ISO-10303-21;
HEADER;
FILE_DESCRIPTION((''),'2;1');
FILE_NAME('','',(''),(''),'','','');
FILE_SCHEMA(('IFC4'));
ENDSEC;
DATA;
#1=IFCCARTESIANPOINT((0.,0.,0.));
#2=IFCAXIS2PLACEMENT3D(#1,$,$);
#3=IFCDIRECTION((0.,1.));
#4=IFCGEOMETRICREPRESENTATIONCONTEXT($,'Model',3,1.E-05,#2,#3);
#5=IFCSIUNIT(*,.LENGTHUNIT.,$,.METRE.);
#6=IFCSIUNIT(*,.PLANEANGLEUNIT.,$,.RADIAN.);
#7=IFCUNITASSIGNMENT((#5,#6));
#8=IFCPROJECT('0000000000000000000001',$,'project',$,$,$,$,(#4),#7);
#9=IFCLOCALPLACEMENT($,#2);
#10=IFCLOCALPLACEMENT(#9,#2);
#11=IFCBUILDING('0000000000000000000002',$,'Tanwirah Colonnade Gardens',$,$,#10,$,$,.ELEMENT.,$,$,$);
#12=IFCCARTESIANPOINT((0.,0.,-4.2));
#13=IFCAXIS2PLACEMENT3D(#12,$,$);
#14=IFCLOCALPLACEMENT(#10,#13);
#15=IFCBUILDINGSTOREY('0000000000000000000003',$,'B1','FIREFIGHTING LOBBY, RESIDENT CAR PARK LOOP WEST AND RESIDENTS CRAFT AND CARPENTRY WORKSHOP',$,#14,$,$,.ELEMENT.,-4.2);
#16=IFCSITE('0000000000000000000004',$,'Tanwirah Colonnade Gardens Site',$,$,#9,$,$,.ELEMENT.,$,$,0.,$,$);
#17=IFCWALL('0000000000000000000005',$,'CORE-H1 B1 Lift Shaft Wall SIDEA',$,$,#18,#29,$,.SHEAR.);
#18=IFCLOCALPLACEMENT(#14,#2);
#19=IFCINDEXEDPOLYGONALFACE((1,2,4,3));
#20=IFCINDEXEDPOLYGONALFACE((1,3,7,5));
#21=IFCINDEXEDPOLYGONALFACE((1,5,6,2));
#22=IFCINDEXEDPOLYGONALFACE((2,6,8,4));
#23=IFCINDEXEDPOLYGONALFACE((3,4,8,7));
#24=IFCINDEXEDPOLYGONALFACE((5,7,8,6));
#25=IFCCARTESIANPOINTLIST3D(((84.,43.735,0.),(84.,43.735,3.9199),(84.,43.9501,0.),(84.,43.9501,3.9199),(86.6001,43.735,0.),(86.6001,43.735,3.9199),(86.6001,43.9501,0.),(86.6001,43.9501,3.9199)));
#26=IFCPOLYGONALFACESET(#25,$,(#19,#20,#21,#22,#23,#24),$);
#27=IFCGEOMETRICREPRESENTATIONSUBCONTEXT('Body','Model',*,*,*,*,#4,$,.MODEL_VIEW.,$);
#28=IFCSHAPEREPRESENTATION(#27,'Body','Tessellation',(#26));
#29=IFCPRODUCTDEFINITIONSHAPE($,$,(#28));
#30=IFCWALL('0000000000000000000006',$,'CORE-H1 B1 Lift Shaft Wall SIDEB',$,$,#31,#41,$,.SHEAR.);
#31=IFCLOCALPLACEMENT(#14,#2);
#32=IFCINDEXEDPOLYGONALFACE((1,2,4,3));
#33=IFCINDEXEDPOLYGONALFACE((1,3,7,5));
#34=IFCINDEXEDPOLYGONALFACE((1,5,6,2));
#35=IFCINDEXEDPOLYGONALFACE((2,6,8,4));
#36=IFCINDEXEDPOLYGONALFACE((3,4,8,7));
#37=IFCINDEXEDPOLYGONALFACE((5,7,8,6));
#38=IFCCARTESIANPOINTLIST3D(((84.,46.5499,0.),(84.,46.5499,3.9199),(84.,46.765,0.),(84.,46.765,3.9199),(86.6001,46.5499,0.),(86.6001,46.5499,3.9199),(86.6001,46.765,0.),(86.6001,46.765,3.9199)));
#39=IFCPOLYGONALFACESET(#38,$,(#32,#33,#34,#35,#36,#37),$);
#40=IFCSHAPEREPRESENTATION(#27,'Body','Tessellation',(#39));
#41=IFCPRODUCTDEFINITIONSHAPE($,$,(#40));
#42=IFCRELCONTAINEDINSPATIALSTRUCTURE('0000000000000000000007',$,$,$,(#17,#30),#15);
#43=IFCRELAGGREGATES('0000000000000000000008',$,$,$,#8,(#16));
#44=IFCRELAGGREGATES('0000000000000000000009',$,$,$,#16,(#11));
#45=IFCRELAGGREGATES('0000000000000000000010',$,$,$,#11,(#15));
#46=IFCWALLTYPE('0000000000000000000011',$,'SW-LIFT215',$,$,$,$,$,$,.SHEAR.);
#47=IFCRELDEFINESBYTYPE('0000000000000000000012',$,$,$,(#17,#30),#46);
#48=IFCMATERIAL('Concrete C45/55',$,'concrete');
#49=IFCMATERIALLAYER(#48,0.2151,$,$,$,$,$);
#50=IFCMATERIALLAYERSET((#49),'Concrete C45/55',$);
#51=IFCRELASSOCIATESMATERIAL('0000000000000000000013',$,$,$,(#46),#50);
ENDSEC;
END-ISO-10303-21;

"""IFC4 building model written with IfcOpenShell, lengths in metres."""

from ifc_helpers import new_model, si_unit, direction, frame, frame_2d, origin, place, context, subcontext, project, spatial, rectangle, extrude, material, layer, layer_set, type_object, element, save


model = new_model("IFC4")

# Units and contexts
model_context = context("Model", 3, precision=1e-05, world=origin(), true_north=direction((0.0, 1.0)))
body_context = subcontext(model_context, "Body", "Model", "MODEL_VIEW")
ifc_project = project(units=[si_unit("LENGTHUNIT", "METRE"), si_unit("PLANEANGLEUNIT", "RADIAN")], contexts=[model_context])

# Site, building, storey
site_placement = place(None, origin())
site = spatial("IfcSite", under=ifc_project, at=site_placement, Name="Tanwirah Colonnade Gardens Site", CompositionType="ELEMENT", RefElevation=0.0)
building_placement = place(site_placement, origin())
building = spatial("IfcBuilding", under=site, at=building_placement, Name="Tanwirah Colonnade Gardens", CompositionType="ELEMENT")
storey_placement = place(building_placement, frame((0.0, 0.0, -4.2)))
storey = spatial("IfcBuildingStorey", under=building, at=storey_placement, Name="B1", Description="FIREFIGHTING LOBBY, RESIDENT CAR PARK LOOP WEST AND RESIDENTS CRAFT AND CARPENTRY WORKSHOP", CompositionType="ELEMENT", Elevation=-4.2)

# Shared definitions
ifc_material = material(Name="Concrete C45/55", Category="concrete")

# Walls
ifc_layer_1 = layer(ifc_material, 0.2151)
ifc_layer_set_1 = layer_set([ifc_layer_1], Name="Concrete C45/55")
wall_type_1 = type_object("IfcWallType", Name="SW-LIFT215", PredefinedType="SHEAR", material=ifc_layer_set_1)
for number, where, z_axis, x_axis, name in (
    (1, (84.0, 43.8425, 0.0), (0.0, 0.0, 1.0), (1.0, 0.0, 0.0), "CORE-H1 B1 Lift Shaft Wall SIDEA"),
    (2, (84.0, 46.6575, 0.0), (0.0, 0.0, 1.0), (1.0, 0.0, 0.0), "CORE-H1 B1 Lift Shaft Wall SIDEB"),
):
    element("IfcWall", number, at=place(storey_placement, frame(where, z_axis=z_axis, x_axis=x_axis)), inside=storey, type_object=wall_type_1, Name=name, PredefinedType="SHEAR", context=body_context, shape_type="SweptSolid", body=[
        extrude(rectangle(XDim=2.6001, YDim=0.2151, at=frame_2d((1.3, 0.0))), origin(), (0.0, 0.0, 1.0), 3.9199),
    ])

save(model, "model.ifc")
